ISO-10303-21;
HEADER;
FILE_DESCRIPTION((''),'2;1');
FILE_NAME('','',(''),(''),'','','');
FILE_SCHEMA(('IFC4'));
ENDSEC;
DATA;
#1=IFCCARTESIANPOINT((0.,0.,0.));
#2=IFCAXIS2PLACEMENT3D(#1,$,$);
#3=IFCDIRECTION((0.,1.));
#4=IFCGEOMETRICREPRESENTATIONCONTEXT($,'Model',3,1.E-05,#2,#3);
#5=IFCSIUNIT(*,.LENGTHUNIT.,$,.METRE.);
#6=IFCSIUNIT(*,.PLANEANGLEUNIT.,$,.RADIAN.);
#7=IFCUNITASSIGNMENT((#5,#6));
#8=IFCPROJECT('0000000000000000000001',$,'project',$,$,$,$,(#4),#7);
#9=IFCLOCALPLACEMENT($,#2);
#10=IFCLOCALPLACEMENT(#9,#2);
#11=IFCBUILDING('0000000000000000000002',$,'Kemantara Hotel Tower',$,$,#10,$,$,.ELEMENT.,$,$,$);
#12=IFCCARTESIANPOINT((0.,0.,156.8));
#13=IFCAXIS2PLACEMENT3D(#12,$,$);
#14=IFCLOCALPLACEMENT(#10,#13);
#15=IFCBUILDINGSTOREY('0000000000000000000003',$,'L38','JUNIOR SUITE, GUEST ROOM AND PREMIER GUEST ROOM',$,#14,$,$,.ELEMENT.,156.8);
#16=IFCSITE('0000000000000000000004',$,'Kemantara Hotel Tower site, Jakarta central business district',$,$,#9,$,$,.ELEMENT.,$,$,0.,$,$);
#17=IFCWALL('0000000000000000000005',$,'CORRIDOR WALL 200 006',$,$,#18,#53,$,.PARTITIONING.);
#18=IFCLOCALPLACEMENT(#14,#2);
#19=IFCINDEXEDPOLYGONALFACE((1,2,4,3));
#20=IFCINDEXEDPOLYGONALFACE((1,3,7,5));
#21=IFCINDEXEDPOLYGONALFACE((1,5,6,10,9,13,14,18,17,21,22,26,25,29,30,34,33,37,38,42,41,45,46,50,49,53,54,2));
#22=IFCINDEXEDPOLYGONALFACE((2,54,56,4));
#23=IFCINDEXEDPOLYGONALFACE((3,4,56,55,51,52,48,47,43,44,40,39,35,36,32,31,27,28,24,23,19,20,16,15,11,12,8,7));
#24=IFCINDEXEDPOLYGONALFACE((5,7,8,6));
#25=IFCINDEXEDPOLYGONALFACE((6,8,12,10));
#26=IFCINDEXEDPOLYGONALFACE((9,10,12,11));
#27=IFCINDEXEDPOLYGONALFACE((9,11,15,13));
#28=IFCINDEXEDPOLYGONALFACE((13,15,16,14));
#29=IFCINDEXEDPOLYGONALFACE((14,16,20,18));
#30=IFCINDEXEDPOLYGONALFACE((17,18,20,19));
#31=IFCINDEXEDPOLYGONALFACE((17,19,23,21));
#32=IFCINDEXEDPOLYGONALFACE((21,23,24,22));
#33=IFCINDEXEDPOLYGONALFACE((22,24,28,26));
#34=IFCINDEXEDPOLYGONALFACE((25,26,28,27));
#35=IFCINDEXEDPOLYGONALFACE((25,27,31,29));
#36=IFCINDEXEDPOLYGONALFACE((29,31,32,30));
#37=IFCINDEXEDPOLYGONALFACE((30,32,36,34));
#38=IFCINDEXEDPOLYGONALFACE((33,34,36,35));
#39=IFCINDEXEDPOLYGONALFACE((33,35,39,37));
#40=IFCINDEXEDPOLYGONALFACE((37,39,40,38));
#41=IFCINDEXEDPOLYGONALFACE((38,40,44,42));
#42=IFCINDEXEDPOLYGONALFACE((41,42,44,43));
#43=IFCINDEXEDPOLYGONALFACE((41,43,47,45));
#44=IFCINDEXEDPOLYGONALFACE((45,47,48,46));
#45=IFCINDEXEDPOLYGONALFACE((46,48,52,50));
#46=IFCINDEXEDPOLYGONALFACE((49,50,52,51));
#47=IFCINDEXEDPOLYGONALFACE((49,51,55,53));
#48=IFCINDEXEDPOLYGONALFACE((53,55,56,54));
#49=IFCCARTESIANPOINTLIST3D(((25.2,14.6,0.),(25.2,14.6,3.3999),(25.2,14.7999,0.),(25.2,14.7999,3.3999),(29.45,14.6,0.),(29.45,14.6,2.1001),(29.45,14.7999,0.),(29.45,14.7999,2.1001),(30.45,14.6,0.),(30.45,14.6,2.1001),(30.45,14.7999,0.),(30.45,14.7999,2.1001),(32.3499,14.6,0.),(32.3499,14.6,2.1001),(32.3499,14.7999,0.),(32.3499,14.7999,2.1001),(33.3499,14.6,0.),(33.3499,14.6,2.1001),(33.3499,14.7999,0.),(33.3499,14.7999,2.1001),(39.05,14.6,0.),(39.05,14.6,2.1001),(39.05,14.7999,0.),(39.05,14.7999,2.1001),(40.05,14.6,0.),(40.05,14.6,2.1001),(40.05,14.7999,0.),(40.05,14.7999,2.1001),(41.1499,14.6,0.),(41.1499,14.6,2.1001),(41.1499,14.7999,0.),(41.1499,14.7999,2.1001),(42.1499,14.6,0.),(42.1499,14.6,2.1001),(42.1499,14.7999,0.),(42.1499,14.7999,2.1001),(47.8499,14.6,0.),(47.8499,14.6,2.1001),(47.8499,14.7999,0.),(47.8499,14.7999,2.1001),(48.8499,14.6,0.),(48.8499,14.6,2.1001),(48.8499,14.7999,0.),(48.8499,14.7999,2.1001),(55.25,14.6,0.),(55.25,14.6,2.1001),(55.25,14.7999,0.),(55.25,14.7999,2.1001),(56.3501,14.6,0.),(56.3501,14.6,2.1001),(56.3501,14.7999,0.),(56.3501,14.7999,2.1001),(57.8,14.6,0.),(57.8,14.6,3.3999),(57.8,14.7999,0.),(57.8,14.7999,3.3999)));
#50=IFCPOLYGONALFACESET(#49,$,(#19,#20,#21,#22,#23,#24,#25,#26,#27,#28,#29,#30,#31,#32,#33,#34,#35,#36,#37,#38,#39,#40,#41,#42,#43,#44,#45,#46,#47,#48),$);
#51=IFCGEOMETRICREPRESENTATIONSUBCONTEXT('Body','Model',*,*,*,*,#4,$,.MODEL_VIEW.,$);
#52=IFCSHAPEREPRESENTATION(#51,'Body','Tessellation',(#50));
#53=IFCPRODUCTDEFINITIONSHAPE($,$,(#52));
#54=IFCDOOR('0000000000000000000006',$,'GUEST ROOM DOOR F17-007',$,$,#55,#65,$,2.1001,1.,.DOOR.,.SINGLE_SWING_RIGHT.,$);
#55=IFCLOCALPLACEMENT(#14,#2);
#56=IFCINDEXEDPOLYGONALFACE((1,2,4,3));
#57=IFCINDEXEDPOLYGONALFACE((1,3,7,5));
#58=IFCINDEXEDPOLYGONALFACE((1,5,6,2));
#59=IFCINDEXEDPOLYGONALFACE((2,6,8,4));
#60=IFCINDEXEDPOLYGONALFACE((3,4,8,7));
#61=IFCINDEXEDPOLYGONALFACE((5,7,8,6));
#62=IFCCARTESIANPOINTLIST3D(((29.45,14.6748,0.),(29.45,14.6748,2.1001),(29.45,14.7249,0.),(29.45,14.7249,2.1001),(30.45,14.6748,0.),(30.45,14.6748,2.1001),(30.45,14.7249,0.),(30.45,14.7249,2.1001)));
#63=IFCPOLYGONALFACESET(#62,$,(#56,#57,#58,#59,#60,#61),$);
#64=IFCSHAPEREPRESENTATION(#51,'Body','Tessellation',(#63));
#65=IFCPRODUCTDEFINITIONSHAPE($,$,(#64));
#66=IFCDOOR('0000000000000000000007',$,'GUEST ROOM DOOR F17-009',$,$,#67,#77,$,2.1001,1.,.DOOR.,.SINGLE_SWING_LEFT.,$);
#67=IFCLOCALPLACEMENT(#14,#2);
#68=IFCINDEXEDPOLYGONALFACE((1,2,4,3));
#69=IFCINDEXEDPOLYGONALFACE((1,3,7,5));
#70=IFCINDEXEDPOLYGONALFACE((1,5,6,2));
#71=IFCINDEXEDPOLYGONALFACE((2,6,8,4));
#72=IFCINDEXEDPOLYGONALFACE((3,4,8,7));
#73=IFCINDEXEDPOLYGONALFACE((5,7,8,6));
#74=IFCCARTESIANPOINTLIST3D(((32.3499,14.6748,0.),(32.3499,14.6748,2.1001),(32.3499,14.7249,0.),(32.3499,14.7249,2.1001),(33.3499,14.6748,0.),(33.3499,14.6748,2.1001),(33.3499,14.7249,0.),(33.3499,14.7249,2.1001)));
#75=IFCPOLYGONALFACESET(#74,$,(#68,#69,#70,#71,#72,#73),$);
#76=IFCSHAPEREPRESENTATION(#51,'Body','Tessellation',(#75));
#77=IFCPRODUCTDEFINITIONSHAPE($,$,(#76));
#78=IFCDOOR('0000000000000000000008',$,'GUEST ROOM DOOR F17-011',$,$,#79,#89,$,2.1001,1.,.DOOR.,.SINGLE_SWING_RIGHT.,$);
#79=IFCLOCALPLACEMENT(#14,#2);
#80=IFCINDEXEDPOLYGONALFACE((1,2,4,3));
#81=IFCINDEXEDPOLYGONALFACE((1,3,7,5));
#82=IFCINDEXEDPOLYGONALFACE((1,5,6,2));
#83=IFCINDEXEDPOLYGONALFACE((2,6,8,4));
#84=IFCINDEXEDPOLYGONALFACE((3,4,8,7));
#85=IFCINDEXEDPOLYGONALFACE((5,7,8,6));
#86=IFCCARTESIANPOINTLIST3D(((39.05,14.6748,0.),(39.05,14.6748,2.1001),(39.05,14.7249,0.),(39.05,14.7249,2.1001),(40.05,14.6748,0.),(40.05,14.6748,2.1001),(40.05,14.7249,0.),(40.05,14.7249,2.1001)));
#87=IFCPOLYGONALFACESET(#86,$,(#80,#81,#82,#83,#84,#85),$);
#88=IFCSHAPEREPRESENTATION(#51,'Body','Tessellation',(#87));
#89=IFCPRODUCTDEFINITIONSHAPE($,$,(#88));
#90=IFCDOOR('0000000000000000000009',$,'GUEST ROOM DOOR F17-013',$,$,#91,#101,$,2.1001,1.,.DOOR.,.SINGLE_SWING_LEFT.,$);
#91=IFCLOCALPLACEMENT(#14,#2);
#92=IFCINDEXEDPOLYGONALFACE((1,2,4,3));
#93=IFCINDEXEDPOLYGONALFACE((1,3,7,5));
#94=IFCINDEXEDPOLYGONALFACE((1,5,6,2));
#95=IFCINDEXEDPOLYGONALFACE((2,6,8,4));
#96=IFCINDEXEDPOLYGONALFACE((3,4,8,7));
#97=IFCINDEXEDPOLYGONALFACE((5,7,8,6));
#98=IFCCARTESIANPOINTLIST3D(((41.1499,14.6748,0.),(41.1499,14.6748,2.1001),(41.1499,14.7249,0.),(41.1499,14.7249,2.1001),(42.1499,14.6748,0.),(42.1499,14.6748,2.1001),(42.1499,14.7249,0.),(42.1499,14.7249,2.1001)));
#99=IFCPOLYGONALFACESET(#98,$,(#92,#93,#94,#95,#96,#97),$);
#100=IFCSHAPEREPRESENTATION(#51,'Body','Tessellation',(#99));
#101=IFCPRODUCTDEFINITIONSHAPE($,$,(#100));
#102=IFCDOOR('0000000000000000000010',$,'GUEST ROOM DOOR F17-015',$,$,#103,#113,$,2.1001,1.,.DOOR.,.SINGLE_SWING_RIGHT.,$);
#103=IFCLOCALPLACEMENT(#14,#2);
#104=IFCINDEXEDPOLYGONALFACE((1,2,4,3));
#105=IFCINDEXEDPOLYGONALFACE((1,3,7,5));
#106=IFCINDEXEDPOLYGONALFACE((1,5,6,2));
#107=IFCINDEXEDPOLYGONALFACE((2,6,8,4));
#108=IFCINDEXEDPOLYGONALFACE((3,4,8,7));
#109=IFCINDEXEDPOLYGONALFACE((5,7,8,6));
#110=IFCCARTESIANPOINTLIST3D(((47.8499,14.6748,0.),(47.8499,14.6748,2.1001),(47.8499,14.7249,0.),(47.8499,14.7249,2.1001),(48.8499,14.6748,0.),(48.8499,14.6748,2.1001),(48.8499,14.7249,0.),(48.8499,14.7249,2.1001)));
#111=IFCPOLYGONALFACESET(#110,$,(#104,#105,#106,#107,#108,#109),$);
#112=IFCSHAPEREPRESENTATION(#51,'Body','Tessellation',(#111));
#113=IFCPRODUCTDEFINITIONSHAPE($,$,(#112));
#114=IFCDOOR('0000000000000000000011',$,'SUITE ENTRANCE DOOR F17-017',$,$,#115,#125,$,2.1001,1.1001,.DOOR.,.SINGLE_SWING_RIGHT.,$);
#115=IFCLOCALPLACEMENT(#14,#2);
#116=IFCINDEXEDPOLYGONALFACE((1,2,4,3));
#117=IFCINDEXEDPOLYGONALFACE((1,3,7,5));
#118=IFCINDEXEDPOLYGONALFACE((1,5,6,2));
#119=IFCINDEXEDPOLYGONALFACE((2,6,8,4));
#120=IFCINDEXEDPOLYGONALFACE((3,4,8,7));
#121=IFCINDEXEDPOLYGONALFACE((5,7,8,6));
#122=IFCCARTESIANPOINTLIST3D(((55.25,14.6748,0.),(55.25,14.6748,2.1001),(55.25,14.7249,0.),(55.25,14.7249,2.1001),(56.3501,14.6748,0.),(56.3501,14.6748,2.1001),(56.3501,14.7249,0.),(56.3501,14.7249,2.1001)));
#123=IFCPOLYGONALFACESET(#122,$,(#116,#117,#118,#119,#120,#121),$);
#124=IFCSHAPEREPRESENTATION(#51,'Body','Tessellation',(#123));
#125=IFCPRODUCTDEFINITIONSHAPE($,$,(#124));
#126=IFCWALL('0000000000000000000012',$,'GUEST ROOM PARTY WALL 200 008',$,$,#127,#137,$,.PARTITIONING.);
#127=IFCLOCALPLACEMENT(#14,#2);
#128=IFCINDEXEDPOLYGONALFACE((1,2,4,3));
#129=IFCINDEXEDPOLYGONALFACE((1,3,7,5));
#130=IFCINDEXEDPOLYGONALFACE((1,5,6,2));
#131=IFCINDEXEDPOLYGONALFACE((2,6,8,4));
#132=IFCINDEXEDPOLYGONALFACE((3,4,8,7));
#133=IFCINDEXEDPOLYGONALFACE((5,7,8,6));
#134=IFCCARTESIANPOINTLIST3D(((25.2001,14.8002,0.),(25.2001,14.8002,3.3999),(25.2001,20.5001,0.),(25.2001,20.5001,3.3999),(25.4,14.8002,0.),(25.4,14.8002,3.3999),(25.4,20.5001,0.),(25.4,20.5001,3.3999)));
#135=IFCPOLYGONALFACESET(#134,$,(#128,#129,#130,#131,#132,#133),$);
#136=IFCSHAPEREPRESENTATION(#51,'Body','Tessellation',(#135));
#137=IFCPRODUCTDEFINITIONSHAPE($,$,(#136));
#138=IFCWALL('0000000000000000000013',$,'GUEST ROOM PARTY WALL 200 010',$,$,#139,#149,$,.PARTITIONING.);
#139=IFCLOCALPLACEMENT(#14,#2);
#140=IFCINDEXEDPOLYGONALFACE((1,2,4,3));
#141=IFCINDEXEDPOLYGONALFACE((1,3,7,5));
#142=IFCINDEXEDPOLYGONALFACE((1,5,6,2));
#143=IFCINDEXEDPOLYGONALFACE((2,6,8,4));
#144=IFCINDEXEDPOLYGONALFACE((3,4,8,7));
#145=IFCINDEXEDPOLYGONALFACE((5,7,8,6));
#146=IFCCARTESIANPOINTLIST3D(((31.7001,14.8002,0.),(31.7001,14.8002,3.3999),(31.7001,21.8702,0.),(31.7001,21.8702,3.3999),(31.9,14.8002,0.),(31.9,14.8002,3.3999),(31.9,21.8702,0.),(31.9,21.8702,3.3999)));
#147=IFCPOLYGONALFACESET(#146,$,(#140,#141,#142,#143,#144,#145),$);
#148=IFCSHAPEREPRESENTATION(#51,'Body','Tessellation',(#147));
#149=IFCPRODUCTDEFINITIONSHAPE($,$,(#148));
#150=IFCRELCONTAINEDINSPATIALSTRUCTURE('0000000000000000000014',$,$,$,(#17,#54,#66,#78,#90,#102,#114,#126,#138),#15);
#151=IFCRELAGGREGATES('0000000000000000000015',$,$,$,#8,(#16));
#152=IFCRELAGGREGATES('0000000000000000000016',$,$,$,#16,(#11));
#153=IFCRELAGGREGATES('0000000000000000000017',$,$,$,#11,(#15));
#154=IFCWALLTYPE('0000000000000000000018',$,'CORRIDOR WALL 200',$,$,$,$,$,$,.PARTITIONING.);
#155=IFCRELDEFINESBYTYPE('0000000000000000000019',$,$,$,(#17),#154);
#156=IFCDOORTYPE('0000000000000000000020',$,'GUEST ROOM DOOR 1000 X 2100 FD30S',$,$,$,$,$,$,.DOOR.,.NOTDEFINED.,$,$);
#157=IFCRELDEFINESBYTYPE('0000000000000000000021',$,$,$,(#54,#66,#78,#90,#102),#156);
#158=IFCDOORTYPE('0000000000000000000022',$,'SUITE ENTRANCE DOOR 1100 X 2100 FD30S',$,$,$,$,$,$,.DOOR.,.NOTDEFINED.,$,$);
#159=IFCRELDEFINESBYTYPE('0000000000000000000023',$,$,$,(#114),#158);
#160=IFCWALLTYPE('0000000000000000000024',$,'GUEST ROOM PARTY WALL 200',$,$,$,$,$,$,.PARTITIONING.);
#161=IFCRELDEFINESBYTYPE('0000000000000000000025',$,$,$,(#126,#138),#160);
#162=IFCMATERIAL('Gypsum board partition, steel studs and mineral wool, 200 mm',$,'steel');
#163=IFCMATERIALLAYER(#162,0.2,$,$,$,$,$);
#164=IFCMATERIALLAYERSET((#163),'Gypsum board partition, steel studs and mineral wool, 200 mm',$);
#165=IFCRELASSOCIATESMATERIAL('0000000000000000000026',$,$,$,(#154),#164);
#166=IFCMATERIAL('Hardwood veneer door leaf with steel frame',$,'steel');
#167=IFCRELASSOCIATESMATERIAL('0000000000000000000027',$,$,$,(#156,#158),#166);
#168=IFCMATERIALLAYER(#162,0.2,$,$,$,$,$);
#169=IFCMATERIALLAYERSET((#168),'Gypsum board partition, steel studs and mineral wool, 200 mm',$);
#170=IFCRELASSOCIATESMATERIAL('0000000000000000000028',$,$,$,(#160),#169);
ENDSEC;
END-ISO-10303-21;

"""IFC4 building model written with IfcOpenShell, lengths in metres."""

from ifc_helpers import new_model, si_unit, direction, frame, frame_2d, origin, place, context, subcontext, project, spatial, rectangle, extrude, material, layer, layer_set, type_object, element, fill, save


model = new_model("IFC4")

# Units and contexts
model_context = context("Model", 3, precision=1e-05, world=origin(), true_north=direction((0.0, 1.0)))
body_context = subcontext(model_context, "Body", "Model", "MODEL_VIEW")
ifc_project = project(units=[si_unit("LENGTHUNIT", "METRE"), si_unit("PLANEANGLEUNIT", "RADIAN")], contexts=[model_context])

# Site, building, storey
site_placement = place(None, origin())
site = spatial("IfcSite", under=ifc_project, at=site_placement, Name="Kemantara Hotel Tower site, Jakarta central business district", CompositionType="ELEMENT", RefElevation=0.0)
building_placement = place(site_placement, origin())
building = spatial("IfcBuilding", under=site, at=building_placement, Name="Kemantara Hotel Tower", CompositionType="ELEMENT")
storey_placement = place(building_placement, frame((0.0, 0.0, 156.8)))
storey = spatial("IfcBuildingStorey", under=building, at=storey_placement, Name="L38", Description="JUNIOR SUITE, GUEST ROOM AND PREMIER GUEST ROOM", CompositionType="ELEMENT", Elevation=156.8)

# Wall, openings, doors
ifc_material_1 = material(Name="Gypsum board partition, steel studs and mineral wool, 200 mm", Category="steel")
ifc_layer_1 = layer(ifc_material_1, 0.2)
ifc_layer_set_1 = layer_set([ifc_layer_1], Name="Gypsum board partition, steel studs and mineral wool, 200 mm")
wall_type_1 = type_object("IfcWallType", Name="CORRIDOR WALL 200", PredefinedType="PARTITIONING", material=ifc_layer_set_1)
wall_1_placement = place(storey_placement, frame((25.2, 14.7, 0.0), z_axis=(0.0, 0.0, 1.0), x_axis=(1.0, 0.0, 0.0)))
wall_1 = element("IfcWall", 1, at=wall_1_placement, inside=storey, type_object=wall_type_1, Name="CORRIDOR WALL 200 006", PredefinedType="PARTITIONING", context=body_context, shape_type="SweptSolid", body=[
    extrude(rectangle(XDim=32.6001, YDim=0.2, at=frame_2d((16.3, 0.0))), origin(), (0.0, 0.0, 1.0), 3.3999),
])
opening_1_placement = place(wall_1_placement, frame((4.25, 0.0, 0.0)))
opening_1 = element("IfcOpeningElement", 2, at=opening_1_placement, cuts=wall_1, PredefinedType="OPENING", context=body_context, shape_type="SweptSolid", body=[
    extrude(rectangle(XDim=1.0, YDim=2.1001, at=frame_2d((0.5, 1.05))), frame((0.0, 0.1099, 0.0), z_axis=(0.0, -1.0, 0.0), x_axis=(1.0, 0.0, 0.0)), (0.0, 0.0, 1.0), 0.22),
])
opening_2_placement = place(wall_1_placement, frame((7.1499, 0.0, 0.0)))
opening_2 = element("IfcOpeningElement", 3, at=opening_2_placement, cuts=wall_1, PredefinedType="OPENING", context=body_context, shape_type="SweptSolid", body=[
    extrude(rectangle(XDim=1.0, YDim=2.1001, at=frame_2d((0.5, 1.05))), frame((0.0, 0.1099, 0.0), z_axis=(0.0, -1.0, 0.0), x_axis=(1.0, 0.0, 0.0)), (0.0, 0.0, 1.0), 0.22),
])
opening_3_placement = place(wall_1_placement, frame((13.8501, 0.0, 0.0)))
opening_3 = element("IfcOpeningElement", 4, at=opening_3_placement, cuts=wall_1, PredefinedType="OPENING", context=body_context, shape_type="SweptSolid", body=[
    extrude(rectangle(XDim=1.0, YDim=2.1001, at=frame_2d((0.5, 1.05))), frame((0.0, 0.1099, 0.0), z_axis=(0.0, -1.0, 0.0), x_axis=(1.0, 0.0, 0.0)), (0.0, 0.0, 1.0), 0.22),
])
opening_4_placement = place(wall_1_placement, frame((15.95, 0.0, 0.0)))
opening_4 = element("IfcOpeningElement", 5, at=opening_4_placement, cuts=wall_1, PredefinedType="OPENING", context=body_context, shape_type="SweptSolid", body=[
    extrude(rectangle(XDim=1.0, YDim=2.1001, at=frame_2d((0.5, 1.05))), frame((0.0, 0.1099, 0.0), z_axis=(0.0, -1.0, 0.0), x_axis=(1.0, 0.0, 0.0)), (0.0, 0.0, 1.0), 0.22),
])
opening_5_placement = place(wall_1_placement, frame((22.6499, 0.0, 0.0)))
opening_5 = element("IfcOpeningElement", 6, at=opening_5_placement, cuts=wall_1, PredefinedType="OPENING", context=body_context, shape_type="SweptSolid", body=[
    extrude(rectangle(XDim=1.0, YDim=2.1001, at=frame_2d((0.5, 1.05))), frame((0.0, 0.1099, 0.0), z_axis=(0.0, -1.0, 0.0), x_axis=(1.0, 0.0, 0.0)), (0.0, 0.0, 1.0), 0.22),
])
opening_6_placement = place(wall_1_placement, frame((30.05, 0.0, 0.0)))
opening_6 = element("IfcOpeningElement", 7, at=opening_6_placement, cuts=wall_1, PredefinedType="OPENING", context=body_context, shape_type="SweptSolid", body=[
    extrude(rectangle(XDim=1.1001, YDim=2.1001, at=frame_2d((0.55, 1.05))), frame((0.0, 0.1099, 0.0), z_axis=(0.0, -1.0, 0.0), x_axis=(1.0, 0.0, 0.0)), (0.0, 0.0, 1.0), 0.22),
])
ifc_material_2 = material(Name="Hardwood veneer door leaf with steel frame", Category="steel")
door_type_1 = type_object("IfcDoorType", Name="GUEST ROOM DOOR 1000 X 2100 FD30S", OperationType="NOTDEFINED", PredefinedType="DOOR", material=ifc_material_2)
door_1_placement = place(opening_1_placement, origin())
door_1 = element("IfcDoor", 8, at=door_1_placement, inside=storey, type_object=door_type_1, Name="GUEST ROOM DOOR F17-007", OperationType="SINGLE_SWING_RIGHT", OverallHeight=2.1001, OverallWidth=1.0, PredefinedType="DOOR", context=body_context, shape_type="SweptSolid", body=[
    extrude(rectangle(XDim=1.0, YDim=2.1001, at=frame_2d((0.5, 1.05))), frame((0.0, 0.0249, 0.0), z_axis=(0.0, -1.0, 0.0), x_axis=(1.0, 0.0, 0.0)), (0.0, 0.0, 1.0), 0.05),
])
fill(opening_1, door_1)
door_2_placement = place(opening_2_placement, origin())
door_2 = element("IfcDoor", 9, at=door_2_placement, inside=storey, type_object=door_type_1, Name="GUEST ROOM DOOR F17-009", OperationType="SINGLE_SWING_LEFT", OverallHeight=2.1001, OverallWidth=1.0, PredefinedType="DOOR", context=body_context, shape_type="SweptSolid", body=[
    extrude(rectangle(XDim=1.0, YDim=2.1001, at=frame_2d((0.5, 1.05))), frame((0.0, 0.0249, 0.0), z_axis=(0.0, -1.0, 0.0), x_axis=(1.0, 0.0, 0.0)), (0.0, 0.0, 1.0), 0.05),
])
fill(opening_2, door_2)
door_3_placement = place(opening_3_placement, origin())
door_3 = element("IfcDoor", 10, at=door_3_placement, inside=storey, type_object=door_type_1, Name="GUEST ROOM DOOR F17-011", OperationType="SINGLE_SWING_RIGHT", OverallHeight=2.1001, OverallWidth=1.0, PredefinedType="DOOR", context=body_context, shape_type="SweptSolid", body=[
    extrude(rectangle(XDim=1.0, YDim=2.1001, at=frame_2d((0.5, 1.05))), frame((0.0, 0.0249, 0.0), z_axis=(0.0, -1.0, 0.0), x_axis=(1.0, 0.0, 0.0)), (0.0, 0.0, 1.0), 0.05),
])
fill(opening_3, door_3)
door_4_placement = place(opening_4_placement, origin())
door_4 = element("IfcDoor", 11, at=door_4_placement, inside=storey, type_object=door_type_1, Name="GUEST ROOM DOOR F17-013", OperationType="SINGLE_SWING_LEFT", OverallHeight=2.1001, OverallWidth=1.0, PredefinedType="DOOR", context=body_context, shape_type="SweptSolid", body=[
    extrude(rectangle(XDim=1.0, YDim=2.1001, at=frame_2d((0.5, 1.05))), frame((0.0, 0.0249, 0.0), z_axis=(0.0, -1.0, 0.0), x_axis=(1.0, 0.0, 0.0)), (0.0, 0.0, 1.0), 0.05),
])
fill(opening_4, door_4)
door_5_placement = place(opening_5_placement, origin())
door_5 = element("IfcDoor", 12, at=door_5_placement, inside=storey, type_object=door_type_1, Name="GUEST ROOM DOOR F17-015", OperationType="SINGLE_SWING_RIGHT", OverallHeight=2.1001, OverallWidth=1.0, PredefinedType="DOOR", context=body_context, shape_type="SweptSolid", body=[
    extrude(rectangle(XDim=1.0, YDim=2.1001, at=frame_2d((0.5, 1.05))), frame((0.0, 0.0249, 0.0), z_axis=(0.0, -1.0, 0.0), x_axis=(1.0, 0.0, 0.0)), (0.0, 0.0, 1.0), 0.05),
])
fill(opening_5, door_5)
door_type_2 = type_object("IfcDoorType", Name="SUITE ENTRANCE DOOR 1100 X 2100 FD30S", OperationType="NOTDEFINED", PredefinedType="DOOR", material=ifc_material_2)
door_6_placement = place(opening_6_placement, origin())
door_6 = element("IfcDoor", 13, at=door_6_placement, inside=storey, type_object=door_type_2, Name="SUITE ENTRANCE DOOR F17-017", OperationType="SINGLE_SWING_RIGHT", OverallHeight=2.1001, OverallWidth=1.1001, PredefinedType="DOOR", context=body_context, shape_type="SweptSolid", body=[
    extrude(rectangle(XDim=1.1001, YDim=2.1001, at=frame_2d((0.55, 1.05))), frame((0.0, 0.0249, 0.0), z_axis=(0.0, -1.0, 0.0), x_axis=(1.0, 0.0, 0.0)), (0.0, 0.0, 1.0), 0.05),
])
fill(opening_6, door_6)

# Walls
ifc_layer_2 = layer(ifc_material_1, 0.2)
ifc_layer_set_2 = layer_set([ifc_layer_2], Name="Gypsum board partition, steel studs and mineral wool, 200 mm")
wall_type_2 = type_object("IfcWallType", Name="GUEST ROOM PARTY WALL 200", PredefinedType="PARTITIONING", material=ifc_layer_set_2)
wall_2_placement = place(storey_placement, frame((25.3, 14.8, 0.0), z_axis=(0.0, 0.0, 1.0), x_axis=(0.0, 1.0, 0.0)))
element("IfcWall", 14, at=wall_2_placement, inside=storey, type_object=wall_type_2, Name="GUEST ROOM PARTY WALL 200 008", PredefinedType="PARTITIONING", context=body_context, shape_type="SweptSolid", body=[
    extrude(rectangle(XDim=5.7, YDim=0.2, at=frame_2d((2.8501, 0.0))), origin(), (0.0, 0.0, 1.0), 3.3999),
])
wall_3_placement = place(storey_placement, frame((31.8, 14.8, 0.0), z_axis=(0.0, 0.0, 1.0), x_axis=(0.0, 1.0, 0.0)))
element("IfcWall", 15, at=wall_3_placement, inside=storey, type_object=wall_type_2, Name="GUEST ROOM PARTY WALL 200 010", PredefinedType="PARTITIONING", context=body_context, shape_type="SweptSolid", body=[
    extrude(rectangle(XDim=7.0701, YDim=0.2, at=frame_2d((3.5352, 0.0))), origin(), (0.0, 0.0, 1.0), 3.3999),
])

save(model, "model.ifc")
